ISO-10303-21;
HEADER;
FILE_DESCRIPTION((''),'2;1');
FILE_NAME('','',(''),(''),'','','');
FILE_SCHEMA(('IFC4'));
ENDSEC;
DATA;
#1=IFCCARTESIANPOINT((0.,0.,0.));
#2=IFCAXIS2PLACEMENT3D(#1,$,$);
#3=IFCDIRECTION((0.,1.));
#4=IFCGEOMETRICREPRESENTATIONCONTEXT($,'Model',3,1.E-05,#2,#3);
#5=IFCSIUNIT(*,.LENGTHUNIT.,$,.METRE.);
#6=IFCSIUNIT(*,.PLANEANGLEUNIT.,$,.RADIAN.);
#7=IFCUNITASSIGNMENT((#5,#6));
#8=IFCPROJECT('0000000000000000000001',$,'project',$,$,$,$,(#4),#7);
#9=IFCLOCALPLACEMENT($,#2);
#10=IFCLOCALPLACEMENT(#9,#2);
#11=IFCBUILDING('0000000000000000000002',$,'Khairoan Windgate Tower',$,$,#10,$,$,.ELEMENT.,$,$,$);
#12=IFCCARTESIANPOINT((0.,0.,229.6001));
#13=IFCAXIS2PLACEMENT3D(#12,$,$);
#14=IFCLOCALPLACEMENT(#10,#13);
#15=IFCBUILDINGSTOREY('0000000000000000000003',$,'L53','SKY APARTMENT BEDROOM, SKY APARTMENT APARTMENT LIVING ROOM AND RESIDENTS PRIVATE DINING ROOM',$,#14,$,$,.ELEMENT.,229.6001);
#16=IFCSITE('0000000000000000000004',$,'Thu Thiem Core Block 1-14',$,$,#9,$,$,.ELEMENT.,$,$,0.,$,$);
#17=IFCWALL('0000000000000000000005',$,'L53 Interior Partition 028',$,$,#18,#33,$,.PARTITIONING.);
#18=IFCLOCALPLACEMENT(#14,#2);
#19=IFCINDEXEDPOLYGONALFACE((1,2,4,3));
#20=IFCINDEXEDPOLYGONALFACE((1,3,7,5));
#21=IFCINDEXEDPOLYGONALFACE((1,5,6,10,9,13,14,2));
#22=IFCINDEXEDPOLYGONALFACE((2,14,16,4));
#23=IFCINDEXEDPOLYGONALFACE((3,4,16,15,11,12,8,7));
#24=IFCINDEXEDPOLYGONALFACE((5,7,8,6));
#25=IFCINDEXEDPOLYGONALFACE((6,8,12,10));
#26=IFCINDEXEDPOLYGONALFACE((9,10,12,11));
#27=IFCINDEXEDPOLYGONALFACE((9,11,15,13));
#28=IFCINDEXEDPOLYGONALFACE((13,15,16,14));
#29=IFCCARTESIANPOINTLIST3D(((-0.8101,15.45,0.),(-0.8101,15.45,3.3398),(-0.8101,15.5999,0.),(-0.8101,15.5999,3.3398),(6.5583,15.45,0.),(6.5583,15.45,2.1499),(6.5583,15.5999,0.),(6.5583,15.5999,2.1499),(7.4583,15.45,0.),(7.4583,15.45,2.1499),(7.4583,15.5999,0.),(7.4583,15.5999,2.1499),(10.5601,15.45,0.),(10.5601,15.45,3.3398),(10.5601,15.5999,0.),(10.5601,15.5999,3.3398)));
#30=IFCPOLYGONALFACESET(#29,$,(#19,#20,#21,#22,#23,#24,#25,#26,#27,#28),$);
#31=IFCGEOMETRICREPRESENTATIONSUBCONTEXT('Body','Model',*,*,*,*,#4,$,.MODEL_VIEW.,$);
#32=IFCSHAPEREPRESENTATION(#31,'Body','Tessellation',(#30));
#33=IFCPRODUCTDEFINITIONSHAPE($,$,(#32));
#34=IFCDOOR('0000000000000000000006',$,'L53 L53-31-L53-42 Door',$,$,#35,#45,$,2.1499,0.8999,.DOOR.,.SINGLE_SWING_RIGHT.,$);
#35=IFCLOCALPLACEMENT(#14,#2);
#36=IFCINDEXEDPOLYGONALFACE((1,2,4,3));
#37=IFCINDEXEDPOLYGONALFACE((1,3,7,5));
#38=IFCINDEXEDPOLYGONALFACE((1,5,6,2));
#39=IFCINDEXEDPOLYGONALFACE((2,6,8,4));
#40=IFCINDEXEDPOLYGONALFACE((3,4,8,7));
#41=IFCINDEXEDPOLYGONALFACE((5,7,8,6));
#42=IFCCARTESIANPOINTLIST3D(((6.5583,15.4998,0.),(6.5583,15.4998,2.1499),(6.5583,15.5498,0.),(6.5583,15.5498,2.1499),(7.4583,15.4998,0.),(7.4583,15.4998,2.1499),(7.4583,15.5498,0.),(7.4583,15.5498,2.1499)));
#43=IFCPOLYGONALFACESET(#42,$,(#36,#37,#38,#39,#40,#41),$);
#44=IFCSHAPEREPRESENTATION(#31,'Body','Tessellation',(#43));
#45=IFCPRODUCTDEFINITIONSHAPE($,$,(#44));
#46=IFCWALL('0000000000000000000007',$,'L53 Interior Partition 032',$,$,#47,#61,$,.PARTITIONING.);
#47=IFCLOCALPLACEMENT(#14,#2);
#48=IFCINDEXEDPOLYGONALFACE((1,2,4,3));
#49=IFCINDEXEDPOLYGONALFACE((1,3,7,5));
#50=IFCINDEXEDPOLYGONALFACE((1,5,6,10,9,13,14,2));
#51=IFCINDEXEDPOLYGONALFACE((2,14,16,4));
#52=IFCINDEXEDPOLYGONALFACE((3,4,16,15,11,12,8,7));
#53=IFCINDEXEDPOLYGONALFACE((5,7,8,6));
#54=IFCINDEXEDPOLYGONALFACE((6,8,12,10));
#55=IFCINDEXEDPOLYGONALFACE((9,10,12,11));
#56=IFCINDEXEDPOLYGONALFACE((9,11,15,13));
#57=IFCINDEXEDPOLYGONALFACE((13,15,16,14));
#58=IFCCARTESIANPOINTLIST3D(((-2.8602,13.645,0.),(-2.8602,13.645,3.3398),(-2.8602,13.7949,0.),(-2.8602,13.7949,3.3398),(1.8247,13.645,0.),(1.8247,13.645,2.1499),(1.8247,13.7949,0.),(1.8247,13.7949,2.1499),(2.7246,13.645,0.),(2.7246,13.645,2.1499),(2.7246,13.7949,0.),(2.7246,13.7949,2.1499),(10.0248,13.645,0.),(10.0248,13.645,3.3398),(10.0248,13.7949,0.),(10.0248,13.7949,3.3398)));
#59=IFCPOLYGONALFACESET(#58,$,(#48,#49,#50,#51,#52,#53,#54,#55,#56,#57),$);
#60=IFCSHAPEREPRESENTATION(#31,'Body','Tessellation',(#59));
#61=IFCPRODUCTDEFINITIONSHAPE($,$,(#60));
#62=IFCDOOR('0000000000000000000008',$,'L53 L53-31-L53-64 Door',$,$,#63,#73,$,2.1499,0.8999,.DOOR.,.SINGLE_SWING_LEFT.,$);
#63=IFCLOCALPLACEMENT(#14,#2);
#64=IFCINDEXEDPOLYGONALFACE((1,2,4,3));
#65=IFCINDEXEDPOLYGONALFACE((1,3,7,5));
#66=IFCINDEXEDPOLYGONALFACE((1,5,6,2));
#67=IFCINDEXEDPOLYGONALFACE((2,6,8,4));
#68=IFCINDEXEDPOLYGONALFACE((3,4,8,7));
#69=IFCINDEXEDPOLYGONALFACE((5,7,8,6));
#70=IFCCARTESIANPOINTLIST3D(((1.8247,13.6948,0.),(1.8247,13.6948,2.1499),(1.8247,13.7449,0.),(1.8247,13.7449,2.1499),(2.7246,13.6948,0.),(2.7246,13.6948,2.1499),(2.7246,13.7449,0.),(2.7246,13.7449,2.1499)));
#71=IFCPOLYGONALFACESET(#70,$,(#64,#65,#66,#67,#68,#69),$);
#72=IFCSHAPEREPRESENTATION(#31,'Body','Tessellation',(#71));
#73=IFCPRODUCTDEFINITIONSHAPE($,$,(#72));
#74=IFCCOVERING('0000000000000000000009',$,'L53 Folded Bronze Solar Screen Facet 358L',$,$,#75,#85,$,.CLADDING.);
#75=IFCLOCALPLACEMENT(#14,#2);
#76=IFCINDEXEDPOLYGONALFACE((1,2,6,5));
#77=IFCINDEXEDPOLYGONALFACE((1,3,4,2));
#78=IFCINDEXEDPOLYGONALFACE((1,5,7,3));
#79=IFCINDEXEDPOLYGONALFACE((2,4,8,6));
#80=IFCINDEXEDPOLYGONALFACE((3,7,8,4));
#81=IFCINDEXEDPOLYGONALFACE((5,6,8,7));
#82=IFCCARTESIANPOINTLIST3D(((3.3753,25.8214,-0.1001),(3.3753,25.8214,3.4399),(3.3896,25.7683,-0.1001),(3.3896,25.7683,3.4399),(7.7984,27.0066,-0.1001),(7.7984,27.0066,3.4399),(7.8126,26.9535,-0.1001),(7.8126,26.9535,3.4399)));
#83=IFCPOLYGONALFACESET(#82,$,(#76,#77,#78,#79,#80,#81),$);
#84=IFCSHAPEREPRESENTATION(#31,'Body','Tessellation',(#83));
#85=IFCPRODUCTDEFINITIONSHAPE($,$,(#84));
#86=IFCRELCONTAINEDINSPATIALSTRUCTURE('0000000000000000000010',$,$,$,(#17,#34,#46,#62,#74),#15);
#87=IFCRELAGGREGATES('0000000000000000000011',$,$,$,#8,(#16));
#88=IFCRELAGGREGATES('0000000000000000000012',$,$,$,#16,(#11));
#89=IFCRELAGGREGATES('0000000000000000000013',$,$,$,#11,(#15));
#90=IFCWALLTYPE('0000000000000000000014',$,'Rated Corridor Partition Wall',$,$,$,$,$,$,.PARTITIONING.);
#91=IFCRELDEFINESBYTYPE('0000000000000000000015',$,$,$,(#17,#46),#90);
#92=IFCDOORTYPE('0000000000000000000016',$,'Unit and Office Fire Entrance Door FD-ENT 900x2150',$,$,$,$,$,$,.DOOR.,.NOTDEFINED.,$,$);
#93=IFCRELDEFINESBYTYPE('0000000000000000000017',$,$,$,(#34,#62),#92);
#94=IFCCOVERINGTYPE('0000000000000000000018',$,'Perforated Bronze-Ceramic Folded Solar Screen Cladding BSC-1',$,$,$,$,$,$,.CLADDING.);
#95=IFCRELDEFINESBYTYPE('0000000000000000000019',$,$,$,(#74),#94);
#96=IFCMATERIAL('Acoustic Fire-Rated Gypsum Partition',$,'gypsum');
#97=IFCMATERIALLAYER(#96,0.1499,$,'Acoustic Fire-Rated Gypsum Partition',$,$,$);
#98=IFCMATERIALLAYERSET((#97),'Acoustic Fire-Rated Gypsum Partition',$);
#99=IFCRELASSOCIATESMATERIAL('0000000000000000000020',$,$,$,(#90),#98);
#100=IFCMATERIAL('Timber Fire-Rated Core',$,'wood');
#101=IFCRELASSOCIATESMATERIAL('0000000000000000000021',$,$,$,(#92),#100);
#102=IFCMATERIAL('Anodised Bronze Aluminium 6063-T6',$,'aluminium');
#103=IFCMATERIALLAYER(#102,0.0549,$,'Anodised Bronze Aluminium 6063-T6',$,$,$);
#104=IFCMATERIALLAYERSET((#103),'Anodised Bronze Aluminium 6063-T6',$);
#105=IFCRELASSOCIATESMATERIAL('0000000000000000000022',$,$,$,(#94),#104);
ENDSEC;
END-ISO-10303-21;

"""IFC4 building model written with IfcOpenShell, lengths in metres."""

from ifc_helpers import new_model, si_unit, direction, frame, frame_2d, origin, origin_2d, place, context, subcontext, project, spatial, rectangle, extrude, material, layer, layer_set, type_object, element, fill, save


model = new_model("IFC4")

# Units and contexts
model_context = context("Model", 3, precision=1e-05, world=origin(), true_north=direction((0.0, 1.0)))
body_context = subcontext(model_context, "Body", "Model", "MODEL_VIEW")
ifc_project = project(units=[si_unit("LENGTHUNIT", "METRE"), si_unit("PLANEANGLEUNIT", "RADIAN")], contexts=[model_context])

# Site, building, storey
site_placement = place(None, origin())
site = spatial("IfcSite", under=ifc_project, at=site_placement, Name="Thu Thiem Core Block 1-14", CompositionType="ELEMENT", RefElevation=0.0)
building_placement = place(site_placement, origin())
building = spatial("IfcBuilding", under=site, at=building_placement, Name="Khairoan Windgate Tower", CompositionType="ELEMENT")
storey_placement = place(building_placement, frame((0.0, 0.0, 229.6001)))
storey = spatial("IfcBuildingStorey", under=building, at=storey_placement, Name="L53", Description="SKY APARTMENT BEDROOM, SKY APARTMENT APARTMENT LIVING ROOM AND RESIDENTS PRIVATE DINING ROOM", CompositionType="ELEMENT", Elevation=229.6001)

# Shared definitions
ifc_material_1 = material(Name="Acoustic Fire-Rated Gypsum Partition", Category="gypsum")
ifc_layer_1 = layer(ifc_material_1, 0.1499, Name="Acoustic Fire-Rated Gypsum Partition")
ifc_layer_set_1 = layer_set([ifc_layer_1], Name="Acoustic Fire-Rated Gypsum Partition")
wall_type_1 = type_object("IfcWallType", Name="Rated Corridor Partition Wall", PredefinedType="PARTITIONING", material=ifc_layer_set_1)

# Walls, openings, doors
wall_1_placement = place(storey_placement, frame((-0.8101, 15.5249, 0.0), z_axis=(0.0, 0.0, 1.0), x_axis=(1.0, 0.0, 0.0)))
wall_1 = element("IfcWall", 1, at=wall_1_placement, inside=storey, type_object=wall_type_1, Name="L53 Interior Partition 028", PredefinedType="PARTITIONING", context=body_context, shape_type="SweptSolid", body=[
    extrude(rectangle(XDim=11.3701, YDim=0.1499, at=frame_2d((5.6851, 0.0))), origin(), (0.0, 0.0, 1.0), 3.3398),
])
opening_1_placement = place(wall_1_placement, frame((7.3684, 0.0, 0.0)))
opening_1 = element("IfcOpeningElement", 2, at=opening_1_placement, cuts=wall_1, PredefinedType="OPENING", context=body_context, shape_type="SweptSolid", body=[
    extrude(rectangle(XDim=0.8999, YDim=2.1499, at=frame_2d((0.45, 1.075))), frame((0.0, 0.085, 0.0), z_axis=(0.0, -1.0, 0.0), x_axis=(1.0, 0.0, 0.0)), (0.0, 0.0, 1.0), 0.1699),
])
ifc_material_2 = material(Name="Timber Fire-Rated Core", Category="wood")
door_type_1 = type_object("IfcDoorType", Name="Unit and Office Fire Entrance Door FD-ENT 900x2150", OperationType="NOTDEFINED", PredefinedType="DOOR", material=ifc_material_2)
door_1_placement = place(opening_1_placement, origin())
door_1 = element("IfcDoor", 3, at=door_1_placement, inside=storey, type_object=door_type_1, Name="L53 L53-31-L53-42 Door", OperationType="SINGLE_SWING_RIGHT", OverallHeight=2.1499, OverallWidth=0.8999, PredefinedType="DOOR", context=body_context, shape_type="SweptSolid", body=[
    extrude(rectangle(XDim=0.8999, YDim=2.1499, at=frame_2d((0.45, 1.075))), frame((0.0, 0.0249, 0.0), z_axis=(0.0, -1.0, 0.0), x_axis=(1.0, 0.0, 0.0)), (0.0, 0.0, 1.0), 0.05),
])
fill(opening_1, door_1)
wall_2_placement = place(storey_placement, frame((-2.8601, 13.72, 0.0), z_axis=(0.0, 0.0, 1.0), x_axis=(1.0, 0.0, 0.0)))
wall_2 = element("IfcWall", 4, at=wall_2_placement, inside=storey, type_object=wall_type_1, Name="L53 Interior Partition 032", PredefinedType="PARTITIONING", context=body_context, shape_type="SweptSolid", body=[
    extrude(rectangle(XDim=12.885, YDim=0.1499, at=frame_2d((6.4424, 0.0))), origin(), (0.0, 0.0, 1.0), 3.3398),
])
opening_2_placement = place(wall_2_placement, frame((4.6848, 0.0, 0.0)))
opening_2 = element("IfcOpeningElement", 5, at=opening_2_placement, cuts=wall_2, PredefinedType="OPENING", context=body_context, shape_type="SweptSolid", body=[
    extrude(rectangle(XDim=0.8999, YDim=2.1499, at=frame_2d((0.45, 1.075))), frame((0.0, 0.085, 0.0), z_axis=(0.0, -1.0, 0.0), x_axis=(1.0, 0.0, 0.0)), (0.0, 0.0, 1.0), 0.1699),
])
door_2_placement = place(opening_2_placement, origin())
door_2 = element("IfcDoor", 6, at=door_2_placement, inside=storey, type_object=door_type_1, Name="L53 L53-31-L53-64 Door", OperationType="SINGLE_SWING_LEFT", OverallHeight=2.1499, OverallWidth=0.8999, PredefinedType="DOOR", context=body_context, shape_type="SweptSolid", body=[
    extrude(rectangle(XDim=0.8999, YDim=2.1499, at=frame_2d((0.45, 1.075))), frame((0.0, 0.0249, 0.0), z_axis=(0.0, -1.0, 0.0), x_axis=(1.0, 0.0, 0.0)), (0.0, 0.0, 1.0), 0.05),
])
fill(opening_2, door_2)

# Covering
ifc_material_3 = material(Name="Anodised Bronze Aluminium 6063-T6", Category="aluminium")
ifc_layer_2 = layer(ifc_material_3, 0.0549, Name="Anodised Bronze Aluminium 6063-T6")
ifc_layer_set_2 = layer_set([ifc_layer_2], Name="Anodised Bronze Aluminium 6063-T6")
covering_type = type_object("IfcCoveringType", Name="Perforated Bronze-Ceramic Folded Solar Screen Cladding BSC-1", PredefinedType="CLADDING", material=ifc_layer_set_2)
covering_placement = place(storey_placement, frame((5.594, 26.3875, -0.1001), z_axis=(0.0, 0.0, 1.0), x_axis=(0.965926, 0.258819, 0.0)))
element("IfcCovering", 7, at=covering_placement, inside=storey, type_object=covering_type, Name="L53 Folded Bronze Solar Screen Facet 358L", PredefinedType="CLADDING", context=body_context, shape_type="SweptSolid", body=[
    extrude(rectangle(XDim=4.5791, YDim=0.0549, at=origin_2d()), origin(), (0.0, 0.0, 1.0), 3.54),
])

save(model, "model.ifc")
